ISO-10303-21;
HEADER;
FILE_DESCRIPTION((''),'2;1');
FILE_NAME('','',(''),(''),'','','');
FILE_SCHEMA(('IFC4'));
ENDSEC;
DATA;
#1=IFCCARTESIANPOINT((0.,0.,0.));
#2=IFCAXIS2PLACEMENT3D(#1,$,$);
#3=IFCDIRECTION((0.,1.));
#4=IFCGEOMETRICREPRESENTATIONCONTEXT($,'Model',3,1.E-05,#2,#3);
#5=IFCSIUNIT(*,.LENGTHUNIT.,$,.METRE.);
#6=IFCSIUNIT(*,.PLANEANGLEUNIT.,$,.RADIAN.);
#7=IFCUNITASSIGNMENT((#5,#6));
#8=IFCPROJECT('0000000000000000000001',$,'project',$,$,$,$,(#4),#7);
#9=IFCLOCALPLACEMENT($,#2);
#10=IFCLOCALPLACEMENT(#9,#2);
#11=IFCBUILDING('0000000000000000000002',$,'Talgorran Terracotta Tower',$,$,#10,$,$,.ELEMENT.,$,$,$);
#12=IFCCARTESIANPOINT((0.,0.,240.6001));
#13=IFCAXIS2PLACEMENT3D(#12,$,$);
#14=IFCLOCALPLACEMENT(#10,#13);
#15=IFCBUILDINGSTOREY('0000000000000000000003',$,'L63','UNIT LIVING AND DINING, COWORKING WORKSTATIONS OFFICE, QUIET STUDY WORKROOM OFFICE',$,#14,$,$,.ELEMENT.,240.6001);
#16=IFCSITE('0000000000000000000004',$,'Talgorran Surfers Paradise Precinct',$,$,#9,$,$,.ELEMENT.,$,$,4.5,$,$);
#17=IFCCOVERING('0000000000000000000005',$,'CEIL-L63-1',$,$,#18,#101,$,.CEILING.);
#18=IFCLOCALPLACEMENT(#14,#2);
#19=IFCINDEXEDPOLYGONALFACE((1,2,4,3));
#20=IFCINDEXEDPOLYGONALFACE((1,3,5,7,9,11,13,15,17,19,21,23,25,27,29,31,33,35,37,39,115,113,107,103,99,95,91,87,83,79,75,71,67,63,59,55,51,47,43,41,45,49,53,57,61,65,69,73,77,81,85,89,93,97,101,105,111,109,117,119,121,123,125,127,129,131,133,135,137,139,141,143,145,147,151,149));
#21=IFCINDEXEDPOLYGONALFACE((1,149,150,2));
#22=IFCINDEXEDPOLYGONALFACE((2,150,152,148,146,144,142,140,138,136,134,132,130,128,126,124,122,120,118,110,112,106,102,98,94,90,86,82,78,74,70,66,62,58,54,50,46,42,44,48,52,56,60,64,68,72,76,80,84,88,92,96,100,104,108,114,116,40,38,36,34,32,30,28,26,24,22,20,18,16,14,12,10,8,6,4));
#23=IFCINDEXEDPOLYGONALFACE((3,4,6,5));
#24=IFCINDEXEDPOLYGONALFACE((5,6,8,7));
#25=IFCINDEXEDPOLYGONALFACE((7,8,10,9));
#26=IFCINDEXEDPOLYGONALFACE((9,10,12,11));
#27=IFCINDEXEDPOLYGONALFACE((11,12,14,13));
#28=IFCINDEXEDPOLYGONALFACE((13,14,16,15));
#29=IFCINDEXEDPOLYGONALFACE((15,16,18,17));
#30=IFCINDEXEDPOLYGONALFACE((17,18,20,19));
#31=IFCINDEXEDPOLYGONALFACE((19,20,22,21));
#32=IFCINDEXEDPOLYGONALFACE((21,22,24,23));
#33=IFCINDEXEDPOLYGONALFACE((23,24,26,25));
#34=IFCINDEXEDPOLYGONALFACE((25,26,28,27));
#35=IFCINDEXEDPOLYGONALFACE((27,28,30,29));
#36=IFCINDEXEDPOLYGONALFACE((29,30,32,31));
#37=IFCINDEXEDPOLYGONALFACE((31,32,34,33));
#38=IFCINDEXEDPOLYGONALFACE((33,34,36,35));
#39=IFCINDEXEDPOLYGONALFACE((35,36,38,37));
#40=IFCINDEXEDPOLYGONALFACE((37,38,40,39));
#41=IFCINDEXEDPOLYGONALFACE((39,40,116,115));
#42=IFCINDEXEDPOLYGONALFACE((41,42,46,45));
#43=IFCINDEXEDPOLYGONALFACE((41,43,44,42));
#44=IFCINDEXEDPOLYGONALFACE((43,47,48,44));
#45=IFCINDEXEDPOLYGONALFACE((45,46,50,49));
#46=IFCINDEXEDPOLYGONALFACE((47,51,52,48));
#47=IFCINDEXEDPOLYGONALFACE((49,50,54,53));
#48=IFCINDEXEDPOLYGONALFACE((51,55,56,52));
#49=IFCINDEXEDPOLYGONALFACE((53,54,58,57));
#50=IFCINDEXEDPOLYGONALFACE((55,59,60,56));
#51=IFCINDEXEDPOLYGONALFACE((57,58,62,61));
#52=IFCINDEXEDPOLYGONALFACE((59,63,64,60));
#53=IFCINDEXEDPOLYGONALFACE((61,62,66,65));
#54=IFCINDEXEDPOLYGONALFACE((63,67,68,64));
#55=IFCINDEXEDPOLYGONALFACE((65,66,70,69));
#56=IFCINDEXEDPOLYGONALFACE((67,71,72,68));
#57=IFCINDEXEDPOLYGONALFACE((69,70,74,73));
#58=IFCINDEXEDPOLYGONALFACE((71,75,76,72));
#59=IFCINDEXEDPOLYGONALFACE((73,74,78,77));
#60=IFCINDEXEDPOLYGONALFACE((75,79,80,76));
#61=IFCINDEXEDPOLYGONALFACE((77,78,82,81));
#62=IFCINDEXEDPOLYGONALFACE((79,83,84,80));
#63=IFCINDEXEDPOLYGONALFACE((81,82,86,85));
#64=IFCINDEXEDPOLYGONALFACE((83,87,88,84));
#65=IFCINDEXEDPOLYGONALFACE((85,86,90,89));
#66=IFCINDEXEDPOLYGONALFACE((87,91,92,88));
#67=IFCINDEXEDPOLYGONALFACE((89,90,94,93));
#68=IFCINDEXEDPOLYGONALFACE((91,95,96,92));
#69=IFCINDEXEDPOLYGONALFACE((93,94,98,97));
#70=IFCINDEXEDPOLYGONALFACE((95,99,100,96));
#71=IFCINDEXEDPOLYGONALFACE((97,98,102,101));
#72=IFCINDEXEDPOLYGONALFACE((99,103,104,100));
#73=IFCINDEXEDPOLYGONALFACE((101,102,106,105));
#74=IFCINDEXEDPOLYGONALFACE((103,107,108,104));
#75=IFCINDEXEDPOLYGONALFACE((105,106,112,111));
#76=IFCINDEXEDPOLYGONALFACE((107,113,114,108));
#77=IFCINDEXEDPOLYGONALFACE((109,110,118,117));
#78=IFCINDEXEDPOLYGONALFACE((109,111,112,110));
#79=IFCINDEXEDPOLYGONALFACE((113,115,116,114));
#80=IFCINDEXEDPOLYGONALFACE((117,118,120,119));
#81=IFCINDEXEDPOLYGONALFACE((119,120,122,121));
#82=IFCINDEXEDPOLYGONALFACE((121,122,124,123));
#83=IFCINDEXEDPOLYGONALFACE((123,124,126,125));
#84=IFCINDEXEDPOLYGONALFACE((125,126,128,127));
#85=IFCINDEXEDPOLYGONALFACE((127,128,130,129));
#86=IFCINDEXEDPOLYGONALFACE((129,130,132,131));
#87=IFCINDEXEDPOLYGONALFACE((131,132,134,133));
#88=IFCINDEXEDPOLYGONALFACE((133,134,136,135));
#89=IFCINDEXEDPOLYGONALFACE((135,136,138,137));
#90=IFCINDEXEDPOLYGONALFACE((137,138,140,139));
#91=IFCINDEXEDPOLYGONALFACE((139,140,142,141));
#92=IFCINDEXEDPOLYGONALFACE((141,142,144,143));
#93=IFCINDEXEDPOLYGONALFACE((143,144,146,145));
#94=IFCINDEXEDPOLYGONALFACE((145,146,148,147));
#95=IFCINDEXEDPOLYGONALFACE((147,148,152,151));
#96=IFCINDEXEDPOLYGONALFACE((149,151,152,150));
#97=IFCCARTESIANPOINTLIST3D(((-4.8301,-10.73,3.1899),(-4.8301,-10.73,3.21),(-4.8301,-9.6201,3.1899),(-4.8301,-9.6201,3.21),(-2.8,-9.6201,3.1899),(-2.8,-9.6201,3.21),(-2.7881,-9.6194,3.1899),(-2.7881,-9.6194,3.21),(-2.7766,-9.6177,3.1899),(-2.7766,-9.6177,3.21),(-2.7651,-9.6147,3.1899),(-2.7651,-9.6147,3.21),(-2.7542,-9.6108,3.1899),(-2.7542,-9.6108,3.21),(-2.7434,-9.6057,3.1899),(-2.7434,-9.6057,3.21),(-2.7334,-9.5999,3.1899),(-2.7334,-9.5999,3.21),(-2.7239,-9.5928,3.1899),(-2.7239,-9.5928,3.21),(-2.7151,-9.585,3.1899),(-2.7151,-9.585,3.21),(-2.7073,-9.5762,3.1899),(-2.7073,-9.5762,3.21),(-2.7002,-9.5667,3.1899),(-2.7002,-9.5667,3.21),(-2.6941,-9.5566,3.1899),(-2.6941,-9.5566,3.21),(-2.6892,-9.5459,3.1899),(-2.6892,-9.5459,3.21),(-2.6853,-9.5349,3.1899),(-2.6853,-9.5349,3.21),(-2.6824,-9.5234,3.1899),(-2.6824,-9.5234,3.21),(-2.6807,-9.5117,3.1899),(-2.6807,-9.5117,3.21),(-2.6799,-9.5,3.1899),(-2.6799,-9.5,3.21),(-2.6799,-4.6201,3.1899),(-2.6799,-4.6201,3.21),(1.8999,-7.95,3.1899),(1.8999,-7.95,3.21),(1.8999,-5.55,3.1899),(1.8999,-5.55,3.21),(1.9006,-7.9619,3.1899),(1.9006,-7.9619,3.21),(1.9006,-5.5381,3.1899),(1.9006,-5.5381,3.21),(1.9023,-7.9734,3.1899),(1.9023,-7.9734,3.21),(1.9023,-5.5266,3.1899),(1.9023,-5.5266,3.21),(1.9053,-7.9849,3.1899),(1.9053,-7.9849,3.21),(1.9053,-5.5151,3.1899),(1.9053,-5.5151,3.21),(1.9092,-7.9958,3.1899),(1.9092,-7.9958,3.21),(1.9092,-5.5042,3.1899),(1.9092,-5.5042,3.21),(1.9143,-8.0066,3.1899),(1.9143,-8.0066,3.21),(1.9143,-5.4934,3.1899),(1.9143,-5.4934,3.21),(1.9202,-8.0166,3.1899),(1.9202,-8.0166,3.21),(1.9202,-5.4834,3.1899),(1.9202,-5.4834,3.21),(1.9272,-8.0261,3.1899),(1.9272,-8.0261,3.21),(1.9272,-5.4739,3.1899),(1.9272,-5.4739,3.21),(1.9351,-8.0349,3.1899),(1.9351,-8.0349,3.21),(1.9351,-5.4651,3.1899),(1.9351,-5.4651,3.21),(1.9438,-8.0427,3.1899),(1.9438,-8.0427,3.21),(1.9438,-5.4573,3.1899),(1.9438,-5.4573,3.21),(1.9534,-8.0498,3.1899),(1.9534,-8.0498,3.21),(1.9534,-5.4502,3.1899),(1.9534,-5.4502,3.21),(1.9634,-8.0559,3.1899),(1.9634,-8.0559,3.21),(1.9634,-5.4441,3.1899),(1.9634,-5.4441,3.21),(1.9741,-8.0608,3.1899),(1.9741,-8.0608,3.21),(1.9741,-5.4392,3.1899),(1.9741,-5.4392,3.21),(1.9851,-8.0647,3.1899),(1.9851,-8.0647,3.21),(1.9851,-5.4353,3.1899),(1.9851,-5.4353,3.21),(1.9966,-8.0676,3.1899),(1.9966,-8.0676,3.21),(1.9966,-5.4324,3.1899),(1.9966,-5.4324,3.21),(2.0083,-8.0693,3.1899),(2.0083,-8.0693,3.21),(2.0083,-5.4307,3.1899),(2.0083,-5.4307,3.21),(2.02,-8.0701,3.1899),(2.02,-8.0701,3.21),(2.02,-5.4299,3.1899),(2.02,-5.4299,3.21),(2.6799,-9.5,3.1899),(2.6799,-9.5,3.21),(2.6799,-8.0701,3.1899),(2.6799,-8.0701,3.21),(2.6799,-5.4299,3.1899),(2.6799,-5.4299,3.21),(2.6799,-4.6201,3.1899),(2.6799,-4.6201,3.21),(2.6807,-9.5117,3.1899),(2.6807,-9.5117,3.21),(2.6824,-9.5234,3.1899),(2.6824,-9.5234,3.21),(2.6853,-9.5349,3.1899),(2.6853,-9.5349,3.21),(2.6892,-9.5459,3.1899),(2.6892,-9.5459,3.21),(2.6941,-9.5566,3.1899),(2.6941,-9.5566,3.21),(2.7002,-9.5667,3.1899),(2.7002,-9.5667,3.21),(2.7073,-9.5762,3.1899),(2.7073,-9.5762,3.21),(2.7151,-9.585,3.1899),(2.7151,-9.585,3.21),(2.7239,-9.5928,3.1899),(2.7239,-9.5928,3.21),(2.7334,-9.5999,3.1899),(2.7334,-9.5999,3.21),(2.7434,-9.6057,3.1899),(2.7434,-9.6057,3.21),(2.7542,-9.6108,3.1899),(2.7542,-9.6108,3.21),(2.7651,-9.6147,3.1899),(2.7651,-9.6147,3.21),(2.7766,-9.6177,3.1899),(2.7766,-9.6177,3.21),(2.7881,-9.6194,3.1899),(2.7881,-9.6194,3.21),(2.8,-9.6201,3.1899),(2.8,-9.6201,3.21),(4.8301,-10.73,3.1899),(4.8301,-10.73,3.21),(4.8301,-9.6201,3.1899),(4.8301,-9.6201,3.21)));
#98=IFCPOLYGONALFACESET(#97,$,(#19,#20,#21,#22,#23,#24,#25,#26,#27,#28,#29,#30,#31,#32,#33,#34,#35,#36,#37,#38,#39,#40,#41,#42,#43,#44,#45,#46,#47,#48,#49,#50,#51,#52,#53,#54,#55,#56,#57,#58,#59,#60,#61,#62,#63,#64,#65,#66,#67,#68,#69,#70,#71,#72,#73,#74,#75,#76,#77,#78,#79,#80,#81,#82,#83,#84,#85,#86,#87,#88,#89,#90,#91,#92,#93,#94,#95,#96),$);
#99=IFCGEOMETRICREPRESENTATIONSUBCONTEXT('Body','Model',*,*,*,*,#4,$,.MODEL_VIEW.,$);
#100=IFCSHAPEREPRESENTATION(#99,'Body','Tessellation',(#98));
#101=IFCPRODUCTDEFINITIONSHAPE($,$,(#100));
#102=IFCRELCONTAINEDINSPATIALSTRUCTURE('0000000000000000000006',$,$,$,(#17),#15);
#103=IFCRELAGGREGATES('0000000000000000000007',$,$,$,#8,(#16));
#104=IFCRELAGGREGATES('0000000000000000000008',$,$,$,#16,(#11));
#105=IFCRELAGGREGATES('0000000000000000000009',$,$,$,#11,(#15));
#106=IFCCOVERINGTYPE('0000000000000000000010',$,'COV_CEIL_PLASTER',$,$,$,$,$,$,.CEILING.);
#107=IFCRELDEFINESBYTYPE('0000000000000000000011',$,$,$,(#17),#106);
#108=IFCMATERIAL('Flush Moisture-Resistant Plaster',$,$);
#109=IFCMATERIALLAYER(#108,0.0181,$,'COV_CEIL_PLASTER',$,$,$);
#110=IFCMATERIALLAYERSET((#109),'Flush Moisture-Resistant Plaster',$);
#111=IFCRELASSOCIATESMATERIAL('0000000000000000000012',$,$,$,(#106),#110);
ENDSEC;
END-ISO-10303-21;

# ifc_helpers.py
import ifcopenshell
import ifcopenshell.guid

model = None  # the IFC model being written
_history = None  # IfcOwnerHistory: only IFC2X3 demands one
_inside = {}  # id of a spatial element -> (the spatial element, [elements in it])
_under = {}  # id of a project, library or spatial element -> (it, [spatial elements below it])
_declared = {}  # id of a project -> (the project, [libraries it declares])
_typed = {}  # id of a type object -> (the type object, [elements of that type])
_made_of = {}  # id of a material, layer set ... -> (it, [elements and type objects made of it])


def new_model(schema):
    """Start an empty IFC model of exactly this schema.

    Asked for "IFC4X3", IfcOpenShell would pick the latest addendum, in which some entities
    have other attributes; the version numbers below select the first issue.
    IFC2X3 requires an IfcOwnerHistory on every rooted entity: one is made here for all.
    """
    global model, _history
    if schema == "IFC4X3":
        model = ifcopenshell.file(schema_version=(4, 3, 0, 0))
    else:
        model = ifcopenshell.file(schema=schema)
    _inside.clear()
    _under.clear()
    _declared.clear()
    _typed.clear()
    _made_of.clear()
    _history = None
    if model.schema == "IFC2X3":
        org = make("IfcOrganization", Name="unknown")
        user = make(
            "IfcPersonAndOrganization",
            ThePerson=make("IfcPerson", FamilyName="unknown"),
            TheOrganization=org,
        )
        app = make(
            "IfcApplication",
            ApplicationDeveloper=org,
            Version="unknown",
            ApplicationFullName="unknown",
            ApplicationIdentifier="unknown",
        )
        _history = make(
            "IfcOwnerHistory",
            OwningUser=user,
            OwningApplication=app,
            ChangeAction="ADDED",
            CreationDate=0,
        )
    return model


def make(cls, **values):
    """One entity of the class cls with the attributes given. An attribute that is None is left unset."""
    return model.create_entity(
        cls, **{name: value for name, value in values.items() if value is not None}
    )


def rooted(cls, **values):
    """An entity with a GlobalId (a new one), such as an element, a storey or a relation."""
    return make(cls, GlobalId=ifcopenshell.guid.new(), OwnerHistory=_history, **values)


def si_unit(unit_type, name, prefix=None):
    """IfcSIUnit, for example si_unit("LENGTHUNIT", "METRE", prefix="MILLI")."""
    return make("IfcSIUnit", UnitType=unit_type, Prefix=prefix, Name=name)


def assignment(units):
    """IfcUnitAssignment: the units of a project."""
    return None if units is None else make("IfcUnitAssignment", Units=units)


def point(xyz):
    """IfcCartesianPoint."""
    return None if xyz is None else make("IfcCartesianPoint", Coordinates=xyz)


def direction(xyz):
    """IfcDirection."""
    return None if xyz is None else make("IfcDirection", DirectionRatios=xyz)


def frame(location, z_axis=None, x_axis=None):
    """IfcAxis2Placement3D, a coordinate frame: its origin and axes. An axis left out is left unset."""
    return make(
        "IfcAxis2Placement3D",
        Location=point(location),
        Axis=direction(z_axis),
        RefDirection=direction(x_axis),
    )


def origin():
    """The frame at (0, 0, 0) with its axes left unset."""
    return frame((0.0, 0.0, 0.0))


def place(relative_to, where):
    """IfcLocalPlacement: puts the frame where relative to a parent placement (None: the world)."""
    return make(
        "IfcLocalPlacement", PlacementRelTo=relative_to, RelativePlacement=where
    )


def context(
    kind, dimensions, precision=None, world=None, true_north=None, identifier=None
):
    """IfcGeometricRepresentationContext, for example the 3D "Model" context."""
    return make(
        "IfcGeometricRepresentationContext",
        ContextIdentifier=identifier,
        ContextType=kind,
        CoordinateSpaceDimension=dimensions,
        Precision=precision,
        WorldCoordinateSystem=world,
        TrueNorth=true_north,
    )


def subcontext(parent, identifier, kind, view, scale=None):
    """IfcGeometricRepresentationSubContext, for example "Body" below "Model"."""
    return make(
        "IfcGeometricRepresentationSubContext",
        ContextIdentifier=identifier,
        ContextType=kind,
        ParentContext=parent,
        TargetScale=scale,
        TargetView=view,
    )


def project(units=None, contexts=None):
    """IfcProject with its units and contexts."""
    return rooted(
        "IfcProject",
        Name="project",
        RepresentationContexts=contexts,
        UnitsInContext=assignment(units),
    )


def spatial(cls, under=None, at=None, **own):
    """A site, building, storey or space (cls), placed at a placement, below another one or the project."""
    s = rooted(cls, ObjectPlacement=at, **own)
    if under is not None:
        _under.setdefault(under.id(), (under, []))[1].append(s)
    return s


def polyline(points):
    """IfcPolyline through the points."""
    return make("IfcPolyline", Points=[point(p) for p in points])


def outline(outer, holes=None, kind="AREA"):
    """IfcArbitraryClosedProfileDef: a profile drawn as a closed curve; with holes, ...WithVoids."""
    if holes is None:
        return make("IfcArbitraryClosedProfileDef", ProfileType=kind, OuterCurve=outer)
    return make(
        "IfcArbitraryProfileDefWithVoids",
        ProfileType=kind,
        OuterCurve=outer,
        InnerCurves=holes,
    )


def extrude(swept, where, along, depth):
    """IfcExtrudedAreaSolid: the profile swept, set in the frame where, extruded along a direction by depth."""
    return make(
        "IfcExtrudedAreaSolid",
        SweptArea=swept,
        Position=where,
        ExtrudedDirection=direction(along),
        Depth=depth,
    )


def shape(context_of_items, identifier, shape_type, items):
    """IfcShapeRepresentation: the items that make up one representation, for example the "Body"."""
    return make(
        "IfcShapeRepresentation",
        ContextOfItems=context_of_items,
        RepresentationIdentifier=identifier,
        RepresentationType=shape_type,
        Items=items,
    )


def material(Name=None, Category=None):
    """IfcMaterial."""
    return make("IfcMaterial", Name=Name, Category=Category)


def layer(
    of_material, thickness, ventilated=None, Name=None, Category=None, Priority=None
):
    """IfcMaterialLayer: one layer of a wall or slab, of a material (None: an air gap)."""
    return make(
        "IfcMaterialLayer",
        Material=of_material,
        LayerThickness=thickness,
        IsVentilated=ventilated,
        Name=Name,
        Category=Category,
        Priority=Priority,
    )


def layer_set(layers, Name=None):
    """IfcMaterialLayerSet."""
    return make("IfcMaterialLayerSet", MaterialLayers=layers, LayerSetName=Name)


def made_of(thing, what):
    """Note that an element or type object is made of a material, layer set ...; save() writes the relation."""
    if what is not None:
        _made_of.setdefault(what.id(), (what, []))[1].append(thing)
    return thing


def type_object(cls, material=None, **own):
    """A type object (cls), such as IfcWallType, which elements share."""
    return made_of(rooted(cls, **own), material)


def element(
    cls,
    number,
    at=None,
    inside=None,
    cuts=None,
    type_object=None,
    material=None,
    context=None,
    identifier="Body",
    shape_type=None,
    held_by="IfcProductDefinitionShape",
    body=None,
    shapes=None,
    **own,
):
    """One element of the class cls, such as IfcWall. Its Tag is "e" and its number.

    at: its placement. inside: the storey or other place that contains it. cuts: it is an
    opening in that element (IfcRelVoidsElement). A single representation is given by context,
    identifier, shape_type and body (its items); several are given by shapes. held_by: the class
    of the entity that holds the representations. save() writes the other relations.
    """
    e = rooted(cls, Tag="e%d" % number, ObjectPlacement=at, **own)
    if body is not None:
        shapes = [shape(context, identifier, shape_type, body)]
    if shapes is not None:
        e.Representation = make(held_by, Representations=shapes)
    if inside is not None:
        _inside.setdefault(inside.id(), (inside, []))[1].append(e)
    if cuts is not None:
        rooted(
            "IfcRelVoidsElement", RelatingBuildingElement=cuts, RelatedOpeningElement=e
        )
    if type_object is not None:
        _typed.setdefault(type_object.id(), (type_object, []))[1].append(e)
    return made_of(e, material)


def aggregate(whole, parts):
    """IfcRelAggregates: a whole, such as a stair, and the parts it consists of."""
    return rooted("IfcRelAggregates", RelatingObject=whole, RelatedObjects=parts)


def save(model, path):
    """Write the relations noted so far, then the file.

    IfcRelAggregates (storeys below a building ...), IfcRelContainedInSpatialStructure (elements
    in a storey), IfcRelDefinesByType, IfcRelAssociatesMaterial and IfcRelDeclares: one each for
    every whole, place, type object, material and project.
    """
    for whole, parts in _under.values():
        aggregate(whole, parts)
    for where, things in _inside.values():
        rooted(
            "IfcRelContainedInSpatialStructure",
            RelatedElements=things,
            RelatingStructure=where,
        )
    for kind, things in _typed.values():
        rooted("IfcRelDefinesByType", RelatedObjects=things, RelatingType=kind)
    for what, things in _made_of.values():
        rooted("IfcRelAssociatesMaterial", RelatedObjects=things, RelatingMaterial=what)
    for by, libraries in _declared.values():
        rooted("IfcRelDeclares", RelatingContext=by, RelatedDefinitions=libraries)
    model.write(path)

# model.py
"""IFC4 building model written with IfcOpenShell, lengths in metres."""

from ifc_helpers import new_model, si_unit, direction, frame, origin, place, context, subcontext, project, spatial, polyline, outline, extrude, material, layer, layer_set, type_object, element, save


model = new_model("IFC4")

# Units and contexts
model_context = context("Model", 3, precision=1e-05, world=origin(), true_north=direction((0.0, 1.0)))
body_context = subcontext(model_context, "Body", "Model", "MODEL_VIEW")
ifc_project = project(units=[si_unit("LENGTHUNIT", "METRE"), si_unit("PLANEANGLEUNIT", "RADIAN")], contexts=[model_context])

# Site, building, storey
site_placement = place(None, origin())
site = spatial("IfcSite", under=ifc_project, at=site_placement, Name="Talgorran Surfers Paradise Precinct", CompositionType="ELEMENT", RefElevation=4.5)
building_placement = place(site_placement, origin())
building = spatial("IfcBuilding", under=site, at=building_placement, Name="Talgorran Terracotta Tower", CompositionType="ELEMENT")
storey_placement = place(building_placement, frame((0.0, 0.0, 240.6001)))
storey = spatial("IfcBuildingStorey", under=building, at=storey_placement, Name="L63", Description="UNIT LIVING AND DINING, COWORKING WORKSTATIONS OFFICE, QUIET STUDY WORKROOM OFFICE", CompositionType="ELEMENT", Elevation=240.6001)

# Covering
ifc_material_1 = material(Name="Flush Moisture-Resistant Plaster")
ifc_layer_1 = layer(ifc_material_1, 0.0181, Name="COV_CEIL_PLASTER")
ifc_layer_set_1 = layer_set([ifc_layer_1], Name="Flush Moisture-Resistant Plaster")
covering_type_1 = type_object("IfcCoveringType", Name="COV_CEIL_PLASTER", PredefinedType="CEILING", material=ifc_layer_set_1)
covering_1_placement = place(storey_placement, frame((0.0, 0.0, 3.1899)))
element("IfcCovering", 1, at=covering_1_placement, inside=storey, type_object=covering_type_1, Name="CEIL-L63-1", PredefinedType="CEILING", context=body_context, shape_type="SweptSolid", body=[
    extrude(outline(polyline([(4.8301, -9.6201), (4.8301, -10.73), (-4.8301, -10.73), (-4.8301, -9.6201), (-2.8, -9.6201), (-2.7881, -9.6194), (-2.7766, -9.6177), (-2.7651, -9.6147), (-2.7542, -9.6108), (-2.7434, -9.6057), (-2.7334, -9.5999), (-2.7239, -9.5928), (-2.7151, -9.585), (-2.7073, -9.5762), (-2.7002, -9.5667), (-2.6941, -9.5566), (-2.6892, -9.5459), (-2.6853, -9.5349), (-2.6824, -9.5234), (-2.6807, -9.5117), (-2.6799, -9.5), (-2.6799, -4.6201), (2.6799, -4.6201), (2.6799, -5.4299), (2.02, -5.4299), (2.0083, -5.4307), (1.9966, -5.4324), (1.9851, -5.4353), (1.9741, -5.4392), (1.9634, -5.4441), (1.9534, -5.4502), (1.9438, -5.4573), (1.9351, -5.4651), (1.9272, -5.4739), (1.9202, -5.4834), (1.9143, -5.4934), (1.9092, -5.5042), (1.9053, -5.5151), (1.9023, -5.5266), (1.9006, -5.5381), (1.8999, -5.55), (1.8999, -7.95), (1.9006, -7.9619), (1.9023, -7.9734), (1.9053, -7.9849), (1.9092, -7.9958), (1.9143, -8.0066), (1.9202, -8.0166), (1.9272, -8.0261), (1.9351, -8.0349), (1.9438, -8.0427), (1.9534, -8.0498), (1.9634, -8.0559), (1.9741, -8.0608), (1.9851, -8.0647), (1.9966, -8.0676), (2.0083, -8.0693), (2.02, -8.0701), (2.6799, -8.0701), (2.6799, -9.5), (2.6807, -9.5117), (2.6824, -9.5234), (2.6853, -9.5349), (2.6892, -9.5459), (2.6941, -9.5566), (2.7002, -9.5667), (2.7073, -9.5762), (2.7151, -9.585), (2.7239, -9.5928), (2.7334, -9.5999), (2.7434, -9.6057), (2.7542, -9.6108), (2.7651, -9.6147), (2.7766, -9.6177), (2.7881, -9.6194), (2.8, -9.6201), (4.8301, -9.6201)])), origin(), (0.0, 0.0, 1.0), 0.02),
])

save(model, "model.ifc")
